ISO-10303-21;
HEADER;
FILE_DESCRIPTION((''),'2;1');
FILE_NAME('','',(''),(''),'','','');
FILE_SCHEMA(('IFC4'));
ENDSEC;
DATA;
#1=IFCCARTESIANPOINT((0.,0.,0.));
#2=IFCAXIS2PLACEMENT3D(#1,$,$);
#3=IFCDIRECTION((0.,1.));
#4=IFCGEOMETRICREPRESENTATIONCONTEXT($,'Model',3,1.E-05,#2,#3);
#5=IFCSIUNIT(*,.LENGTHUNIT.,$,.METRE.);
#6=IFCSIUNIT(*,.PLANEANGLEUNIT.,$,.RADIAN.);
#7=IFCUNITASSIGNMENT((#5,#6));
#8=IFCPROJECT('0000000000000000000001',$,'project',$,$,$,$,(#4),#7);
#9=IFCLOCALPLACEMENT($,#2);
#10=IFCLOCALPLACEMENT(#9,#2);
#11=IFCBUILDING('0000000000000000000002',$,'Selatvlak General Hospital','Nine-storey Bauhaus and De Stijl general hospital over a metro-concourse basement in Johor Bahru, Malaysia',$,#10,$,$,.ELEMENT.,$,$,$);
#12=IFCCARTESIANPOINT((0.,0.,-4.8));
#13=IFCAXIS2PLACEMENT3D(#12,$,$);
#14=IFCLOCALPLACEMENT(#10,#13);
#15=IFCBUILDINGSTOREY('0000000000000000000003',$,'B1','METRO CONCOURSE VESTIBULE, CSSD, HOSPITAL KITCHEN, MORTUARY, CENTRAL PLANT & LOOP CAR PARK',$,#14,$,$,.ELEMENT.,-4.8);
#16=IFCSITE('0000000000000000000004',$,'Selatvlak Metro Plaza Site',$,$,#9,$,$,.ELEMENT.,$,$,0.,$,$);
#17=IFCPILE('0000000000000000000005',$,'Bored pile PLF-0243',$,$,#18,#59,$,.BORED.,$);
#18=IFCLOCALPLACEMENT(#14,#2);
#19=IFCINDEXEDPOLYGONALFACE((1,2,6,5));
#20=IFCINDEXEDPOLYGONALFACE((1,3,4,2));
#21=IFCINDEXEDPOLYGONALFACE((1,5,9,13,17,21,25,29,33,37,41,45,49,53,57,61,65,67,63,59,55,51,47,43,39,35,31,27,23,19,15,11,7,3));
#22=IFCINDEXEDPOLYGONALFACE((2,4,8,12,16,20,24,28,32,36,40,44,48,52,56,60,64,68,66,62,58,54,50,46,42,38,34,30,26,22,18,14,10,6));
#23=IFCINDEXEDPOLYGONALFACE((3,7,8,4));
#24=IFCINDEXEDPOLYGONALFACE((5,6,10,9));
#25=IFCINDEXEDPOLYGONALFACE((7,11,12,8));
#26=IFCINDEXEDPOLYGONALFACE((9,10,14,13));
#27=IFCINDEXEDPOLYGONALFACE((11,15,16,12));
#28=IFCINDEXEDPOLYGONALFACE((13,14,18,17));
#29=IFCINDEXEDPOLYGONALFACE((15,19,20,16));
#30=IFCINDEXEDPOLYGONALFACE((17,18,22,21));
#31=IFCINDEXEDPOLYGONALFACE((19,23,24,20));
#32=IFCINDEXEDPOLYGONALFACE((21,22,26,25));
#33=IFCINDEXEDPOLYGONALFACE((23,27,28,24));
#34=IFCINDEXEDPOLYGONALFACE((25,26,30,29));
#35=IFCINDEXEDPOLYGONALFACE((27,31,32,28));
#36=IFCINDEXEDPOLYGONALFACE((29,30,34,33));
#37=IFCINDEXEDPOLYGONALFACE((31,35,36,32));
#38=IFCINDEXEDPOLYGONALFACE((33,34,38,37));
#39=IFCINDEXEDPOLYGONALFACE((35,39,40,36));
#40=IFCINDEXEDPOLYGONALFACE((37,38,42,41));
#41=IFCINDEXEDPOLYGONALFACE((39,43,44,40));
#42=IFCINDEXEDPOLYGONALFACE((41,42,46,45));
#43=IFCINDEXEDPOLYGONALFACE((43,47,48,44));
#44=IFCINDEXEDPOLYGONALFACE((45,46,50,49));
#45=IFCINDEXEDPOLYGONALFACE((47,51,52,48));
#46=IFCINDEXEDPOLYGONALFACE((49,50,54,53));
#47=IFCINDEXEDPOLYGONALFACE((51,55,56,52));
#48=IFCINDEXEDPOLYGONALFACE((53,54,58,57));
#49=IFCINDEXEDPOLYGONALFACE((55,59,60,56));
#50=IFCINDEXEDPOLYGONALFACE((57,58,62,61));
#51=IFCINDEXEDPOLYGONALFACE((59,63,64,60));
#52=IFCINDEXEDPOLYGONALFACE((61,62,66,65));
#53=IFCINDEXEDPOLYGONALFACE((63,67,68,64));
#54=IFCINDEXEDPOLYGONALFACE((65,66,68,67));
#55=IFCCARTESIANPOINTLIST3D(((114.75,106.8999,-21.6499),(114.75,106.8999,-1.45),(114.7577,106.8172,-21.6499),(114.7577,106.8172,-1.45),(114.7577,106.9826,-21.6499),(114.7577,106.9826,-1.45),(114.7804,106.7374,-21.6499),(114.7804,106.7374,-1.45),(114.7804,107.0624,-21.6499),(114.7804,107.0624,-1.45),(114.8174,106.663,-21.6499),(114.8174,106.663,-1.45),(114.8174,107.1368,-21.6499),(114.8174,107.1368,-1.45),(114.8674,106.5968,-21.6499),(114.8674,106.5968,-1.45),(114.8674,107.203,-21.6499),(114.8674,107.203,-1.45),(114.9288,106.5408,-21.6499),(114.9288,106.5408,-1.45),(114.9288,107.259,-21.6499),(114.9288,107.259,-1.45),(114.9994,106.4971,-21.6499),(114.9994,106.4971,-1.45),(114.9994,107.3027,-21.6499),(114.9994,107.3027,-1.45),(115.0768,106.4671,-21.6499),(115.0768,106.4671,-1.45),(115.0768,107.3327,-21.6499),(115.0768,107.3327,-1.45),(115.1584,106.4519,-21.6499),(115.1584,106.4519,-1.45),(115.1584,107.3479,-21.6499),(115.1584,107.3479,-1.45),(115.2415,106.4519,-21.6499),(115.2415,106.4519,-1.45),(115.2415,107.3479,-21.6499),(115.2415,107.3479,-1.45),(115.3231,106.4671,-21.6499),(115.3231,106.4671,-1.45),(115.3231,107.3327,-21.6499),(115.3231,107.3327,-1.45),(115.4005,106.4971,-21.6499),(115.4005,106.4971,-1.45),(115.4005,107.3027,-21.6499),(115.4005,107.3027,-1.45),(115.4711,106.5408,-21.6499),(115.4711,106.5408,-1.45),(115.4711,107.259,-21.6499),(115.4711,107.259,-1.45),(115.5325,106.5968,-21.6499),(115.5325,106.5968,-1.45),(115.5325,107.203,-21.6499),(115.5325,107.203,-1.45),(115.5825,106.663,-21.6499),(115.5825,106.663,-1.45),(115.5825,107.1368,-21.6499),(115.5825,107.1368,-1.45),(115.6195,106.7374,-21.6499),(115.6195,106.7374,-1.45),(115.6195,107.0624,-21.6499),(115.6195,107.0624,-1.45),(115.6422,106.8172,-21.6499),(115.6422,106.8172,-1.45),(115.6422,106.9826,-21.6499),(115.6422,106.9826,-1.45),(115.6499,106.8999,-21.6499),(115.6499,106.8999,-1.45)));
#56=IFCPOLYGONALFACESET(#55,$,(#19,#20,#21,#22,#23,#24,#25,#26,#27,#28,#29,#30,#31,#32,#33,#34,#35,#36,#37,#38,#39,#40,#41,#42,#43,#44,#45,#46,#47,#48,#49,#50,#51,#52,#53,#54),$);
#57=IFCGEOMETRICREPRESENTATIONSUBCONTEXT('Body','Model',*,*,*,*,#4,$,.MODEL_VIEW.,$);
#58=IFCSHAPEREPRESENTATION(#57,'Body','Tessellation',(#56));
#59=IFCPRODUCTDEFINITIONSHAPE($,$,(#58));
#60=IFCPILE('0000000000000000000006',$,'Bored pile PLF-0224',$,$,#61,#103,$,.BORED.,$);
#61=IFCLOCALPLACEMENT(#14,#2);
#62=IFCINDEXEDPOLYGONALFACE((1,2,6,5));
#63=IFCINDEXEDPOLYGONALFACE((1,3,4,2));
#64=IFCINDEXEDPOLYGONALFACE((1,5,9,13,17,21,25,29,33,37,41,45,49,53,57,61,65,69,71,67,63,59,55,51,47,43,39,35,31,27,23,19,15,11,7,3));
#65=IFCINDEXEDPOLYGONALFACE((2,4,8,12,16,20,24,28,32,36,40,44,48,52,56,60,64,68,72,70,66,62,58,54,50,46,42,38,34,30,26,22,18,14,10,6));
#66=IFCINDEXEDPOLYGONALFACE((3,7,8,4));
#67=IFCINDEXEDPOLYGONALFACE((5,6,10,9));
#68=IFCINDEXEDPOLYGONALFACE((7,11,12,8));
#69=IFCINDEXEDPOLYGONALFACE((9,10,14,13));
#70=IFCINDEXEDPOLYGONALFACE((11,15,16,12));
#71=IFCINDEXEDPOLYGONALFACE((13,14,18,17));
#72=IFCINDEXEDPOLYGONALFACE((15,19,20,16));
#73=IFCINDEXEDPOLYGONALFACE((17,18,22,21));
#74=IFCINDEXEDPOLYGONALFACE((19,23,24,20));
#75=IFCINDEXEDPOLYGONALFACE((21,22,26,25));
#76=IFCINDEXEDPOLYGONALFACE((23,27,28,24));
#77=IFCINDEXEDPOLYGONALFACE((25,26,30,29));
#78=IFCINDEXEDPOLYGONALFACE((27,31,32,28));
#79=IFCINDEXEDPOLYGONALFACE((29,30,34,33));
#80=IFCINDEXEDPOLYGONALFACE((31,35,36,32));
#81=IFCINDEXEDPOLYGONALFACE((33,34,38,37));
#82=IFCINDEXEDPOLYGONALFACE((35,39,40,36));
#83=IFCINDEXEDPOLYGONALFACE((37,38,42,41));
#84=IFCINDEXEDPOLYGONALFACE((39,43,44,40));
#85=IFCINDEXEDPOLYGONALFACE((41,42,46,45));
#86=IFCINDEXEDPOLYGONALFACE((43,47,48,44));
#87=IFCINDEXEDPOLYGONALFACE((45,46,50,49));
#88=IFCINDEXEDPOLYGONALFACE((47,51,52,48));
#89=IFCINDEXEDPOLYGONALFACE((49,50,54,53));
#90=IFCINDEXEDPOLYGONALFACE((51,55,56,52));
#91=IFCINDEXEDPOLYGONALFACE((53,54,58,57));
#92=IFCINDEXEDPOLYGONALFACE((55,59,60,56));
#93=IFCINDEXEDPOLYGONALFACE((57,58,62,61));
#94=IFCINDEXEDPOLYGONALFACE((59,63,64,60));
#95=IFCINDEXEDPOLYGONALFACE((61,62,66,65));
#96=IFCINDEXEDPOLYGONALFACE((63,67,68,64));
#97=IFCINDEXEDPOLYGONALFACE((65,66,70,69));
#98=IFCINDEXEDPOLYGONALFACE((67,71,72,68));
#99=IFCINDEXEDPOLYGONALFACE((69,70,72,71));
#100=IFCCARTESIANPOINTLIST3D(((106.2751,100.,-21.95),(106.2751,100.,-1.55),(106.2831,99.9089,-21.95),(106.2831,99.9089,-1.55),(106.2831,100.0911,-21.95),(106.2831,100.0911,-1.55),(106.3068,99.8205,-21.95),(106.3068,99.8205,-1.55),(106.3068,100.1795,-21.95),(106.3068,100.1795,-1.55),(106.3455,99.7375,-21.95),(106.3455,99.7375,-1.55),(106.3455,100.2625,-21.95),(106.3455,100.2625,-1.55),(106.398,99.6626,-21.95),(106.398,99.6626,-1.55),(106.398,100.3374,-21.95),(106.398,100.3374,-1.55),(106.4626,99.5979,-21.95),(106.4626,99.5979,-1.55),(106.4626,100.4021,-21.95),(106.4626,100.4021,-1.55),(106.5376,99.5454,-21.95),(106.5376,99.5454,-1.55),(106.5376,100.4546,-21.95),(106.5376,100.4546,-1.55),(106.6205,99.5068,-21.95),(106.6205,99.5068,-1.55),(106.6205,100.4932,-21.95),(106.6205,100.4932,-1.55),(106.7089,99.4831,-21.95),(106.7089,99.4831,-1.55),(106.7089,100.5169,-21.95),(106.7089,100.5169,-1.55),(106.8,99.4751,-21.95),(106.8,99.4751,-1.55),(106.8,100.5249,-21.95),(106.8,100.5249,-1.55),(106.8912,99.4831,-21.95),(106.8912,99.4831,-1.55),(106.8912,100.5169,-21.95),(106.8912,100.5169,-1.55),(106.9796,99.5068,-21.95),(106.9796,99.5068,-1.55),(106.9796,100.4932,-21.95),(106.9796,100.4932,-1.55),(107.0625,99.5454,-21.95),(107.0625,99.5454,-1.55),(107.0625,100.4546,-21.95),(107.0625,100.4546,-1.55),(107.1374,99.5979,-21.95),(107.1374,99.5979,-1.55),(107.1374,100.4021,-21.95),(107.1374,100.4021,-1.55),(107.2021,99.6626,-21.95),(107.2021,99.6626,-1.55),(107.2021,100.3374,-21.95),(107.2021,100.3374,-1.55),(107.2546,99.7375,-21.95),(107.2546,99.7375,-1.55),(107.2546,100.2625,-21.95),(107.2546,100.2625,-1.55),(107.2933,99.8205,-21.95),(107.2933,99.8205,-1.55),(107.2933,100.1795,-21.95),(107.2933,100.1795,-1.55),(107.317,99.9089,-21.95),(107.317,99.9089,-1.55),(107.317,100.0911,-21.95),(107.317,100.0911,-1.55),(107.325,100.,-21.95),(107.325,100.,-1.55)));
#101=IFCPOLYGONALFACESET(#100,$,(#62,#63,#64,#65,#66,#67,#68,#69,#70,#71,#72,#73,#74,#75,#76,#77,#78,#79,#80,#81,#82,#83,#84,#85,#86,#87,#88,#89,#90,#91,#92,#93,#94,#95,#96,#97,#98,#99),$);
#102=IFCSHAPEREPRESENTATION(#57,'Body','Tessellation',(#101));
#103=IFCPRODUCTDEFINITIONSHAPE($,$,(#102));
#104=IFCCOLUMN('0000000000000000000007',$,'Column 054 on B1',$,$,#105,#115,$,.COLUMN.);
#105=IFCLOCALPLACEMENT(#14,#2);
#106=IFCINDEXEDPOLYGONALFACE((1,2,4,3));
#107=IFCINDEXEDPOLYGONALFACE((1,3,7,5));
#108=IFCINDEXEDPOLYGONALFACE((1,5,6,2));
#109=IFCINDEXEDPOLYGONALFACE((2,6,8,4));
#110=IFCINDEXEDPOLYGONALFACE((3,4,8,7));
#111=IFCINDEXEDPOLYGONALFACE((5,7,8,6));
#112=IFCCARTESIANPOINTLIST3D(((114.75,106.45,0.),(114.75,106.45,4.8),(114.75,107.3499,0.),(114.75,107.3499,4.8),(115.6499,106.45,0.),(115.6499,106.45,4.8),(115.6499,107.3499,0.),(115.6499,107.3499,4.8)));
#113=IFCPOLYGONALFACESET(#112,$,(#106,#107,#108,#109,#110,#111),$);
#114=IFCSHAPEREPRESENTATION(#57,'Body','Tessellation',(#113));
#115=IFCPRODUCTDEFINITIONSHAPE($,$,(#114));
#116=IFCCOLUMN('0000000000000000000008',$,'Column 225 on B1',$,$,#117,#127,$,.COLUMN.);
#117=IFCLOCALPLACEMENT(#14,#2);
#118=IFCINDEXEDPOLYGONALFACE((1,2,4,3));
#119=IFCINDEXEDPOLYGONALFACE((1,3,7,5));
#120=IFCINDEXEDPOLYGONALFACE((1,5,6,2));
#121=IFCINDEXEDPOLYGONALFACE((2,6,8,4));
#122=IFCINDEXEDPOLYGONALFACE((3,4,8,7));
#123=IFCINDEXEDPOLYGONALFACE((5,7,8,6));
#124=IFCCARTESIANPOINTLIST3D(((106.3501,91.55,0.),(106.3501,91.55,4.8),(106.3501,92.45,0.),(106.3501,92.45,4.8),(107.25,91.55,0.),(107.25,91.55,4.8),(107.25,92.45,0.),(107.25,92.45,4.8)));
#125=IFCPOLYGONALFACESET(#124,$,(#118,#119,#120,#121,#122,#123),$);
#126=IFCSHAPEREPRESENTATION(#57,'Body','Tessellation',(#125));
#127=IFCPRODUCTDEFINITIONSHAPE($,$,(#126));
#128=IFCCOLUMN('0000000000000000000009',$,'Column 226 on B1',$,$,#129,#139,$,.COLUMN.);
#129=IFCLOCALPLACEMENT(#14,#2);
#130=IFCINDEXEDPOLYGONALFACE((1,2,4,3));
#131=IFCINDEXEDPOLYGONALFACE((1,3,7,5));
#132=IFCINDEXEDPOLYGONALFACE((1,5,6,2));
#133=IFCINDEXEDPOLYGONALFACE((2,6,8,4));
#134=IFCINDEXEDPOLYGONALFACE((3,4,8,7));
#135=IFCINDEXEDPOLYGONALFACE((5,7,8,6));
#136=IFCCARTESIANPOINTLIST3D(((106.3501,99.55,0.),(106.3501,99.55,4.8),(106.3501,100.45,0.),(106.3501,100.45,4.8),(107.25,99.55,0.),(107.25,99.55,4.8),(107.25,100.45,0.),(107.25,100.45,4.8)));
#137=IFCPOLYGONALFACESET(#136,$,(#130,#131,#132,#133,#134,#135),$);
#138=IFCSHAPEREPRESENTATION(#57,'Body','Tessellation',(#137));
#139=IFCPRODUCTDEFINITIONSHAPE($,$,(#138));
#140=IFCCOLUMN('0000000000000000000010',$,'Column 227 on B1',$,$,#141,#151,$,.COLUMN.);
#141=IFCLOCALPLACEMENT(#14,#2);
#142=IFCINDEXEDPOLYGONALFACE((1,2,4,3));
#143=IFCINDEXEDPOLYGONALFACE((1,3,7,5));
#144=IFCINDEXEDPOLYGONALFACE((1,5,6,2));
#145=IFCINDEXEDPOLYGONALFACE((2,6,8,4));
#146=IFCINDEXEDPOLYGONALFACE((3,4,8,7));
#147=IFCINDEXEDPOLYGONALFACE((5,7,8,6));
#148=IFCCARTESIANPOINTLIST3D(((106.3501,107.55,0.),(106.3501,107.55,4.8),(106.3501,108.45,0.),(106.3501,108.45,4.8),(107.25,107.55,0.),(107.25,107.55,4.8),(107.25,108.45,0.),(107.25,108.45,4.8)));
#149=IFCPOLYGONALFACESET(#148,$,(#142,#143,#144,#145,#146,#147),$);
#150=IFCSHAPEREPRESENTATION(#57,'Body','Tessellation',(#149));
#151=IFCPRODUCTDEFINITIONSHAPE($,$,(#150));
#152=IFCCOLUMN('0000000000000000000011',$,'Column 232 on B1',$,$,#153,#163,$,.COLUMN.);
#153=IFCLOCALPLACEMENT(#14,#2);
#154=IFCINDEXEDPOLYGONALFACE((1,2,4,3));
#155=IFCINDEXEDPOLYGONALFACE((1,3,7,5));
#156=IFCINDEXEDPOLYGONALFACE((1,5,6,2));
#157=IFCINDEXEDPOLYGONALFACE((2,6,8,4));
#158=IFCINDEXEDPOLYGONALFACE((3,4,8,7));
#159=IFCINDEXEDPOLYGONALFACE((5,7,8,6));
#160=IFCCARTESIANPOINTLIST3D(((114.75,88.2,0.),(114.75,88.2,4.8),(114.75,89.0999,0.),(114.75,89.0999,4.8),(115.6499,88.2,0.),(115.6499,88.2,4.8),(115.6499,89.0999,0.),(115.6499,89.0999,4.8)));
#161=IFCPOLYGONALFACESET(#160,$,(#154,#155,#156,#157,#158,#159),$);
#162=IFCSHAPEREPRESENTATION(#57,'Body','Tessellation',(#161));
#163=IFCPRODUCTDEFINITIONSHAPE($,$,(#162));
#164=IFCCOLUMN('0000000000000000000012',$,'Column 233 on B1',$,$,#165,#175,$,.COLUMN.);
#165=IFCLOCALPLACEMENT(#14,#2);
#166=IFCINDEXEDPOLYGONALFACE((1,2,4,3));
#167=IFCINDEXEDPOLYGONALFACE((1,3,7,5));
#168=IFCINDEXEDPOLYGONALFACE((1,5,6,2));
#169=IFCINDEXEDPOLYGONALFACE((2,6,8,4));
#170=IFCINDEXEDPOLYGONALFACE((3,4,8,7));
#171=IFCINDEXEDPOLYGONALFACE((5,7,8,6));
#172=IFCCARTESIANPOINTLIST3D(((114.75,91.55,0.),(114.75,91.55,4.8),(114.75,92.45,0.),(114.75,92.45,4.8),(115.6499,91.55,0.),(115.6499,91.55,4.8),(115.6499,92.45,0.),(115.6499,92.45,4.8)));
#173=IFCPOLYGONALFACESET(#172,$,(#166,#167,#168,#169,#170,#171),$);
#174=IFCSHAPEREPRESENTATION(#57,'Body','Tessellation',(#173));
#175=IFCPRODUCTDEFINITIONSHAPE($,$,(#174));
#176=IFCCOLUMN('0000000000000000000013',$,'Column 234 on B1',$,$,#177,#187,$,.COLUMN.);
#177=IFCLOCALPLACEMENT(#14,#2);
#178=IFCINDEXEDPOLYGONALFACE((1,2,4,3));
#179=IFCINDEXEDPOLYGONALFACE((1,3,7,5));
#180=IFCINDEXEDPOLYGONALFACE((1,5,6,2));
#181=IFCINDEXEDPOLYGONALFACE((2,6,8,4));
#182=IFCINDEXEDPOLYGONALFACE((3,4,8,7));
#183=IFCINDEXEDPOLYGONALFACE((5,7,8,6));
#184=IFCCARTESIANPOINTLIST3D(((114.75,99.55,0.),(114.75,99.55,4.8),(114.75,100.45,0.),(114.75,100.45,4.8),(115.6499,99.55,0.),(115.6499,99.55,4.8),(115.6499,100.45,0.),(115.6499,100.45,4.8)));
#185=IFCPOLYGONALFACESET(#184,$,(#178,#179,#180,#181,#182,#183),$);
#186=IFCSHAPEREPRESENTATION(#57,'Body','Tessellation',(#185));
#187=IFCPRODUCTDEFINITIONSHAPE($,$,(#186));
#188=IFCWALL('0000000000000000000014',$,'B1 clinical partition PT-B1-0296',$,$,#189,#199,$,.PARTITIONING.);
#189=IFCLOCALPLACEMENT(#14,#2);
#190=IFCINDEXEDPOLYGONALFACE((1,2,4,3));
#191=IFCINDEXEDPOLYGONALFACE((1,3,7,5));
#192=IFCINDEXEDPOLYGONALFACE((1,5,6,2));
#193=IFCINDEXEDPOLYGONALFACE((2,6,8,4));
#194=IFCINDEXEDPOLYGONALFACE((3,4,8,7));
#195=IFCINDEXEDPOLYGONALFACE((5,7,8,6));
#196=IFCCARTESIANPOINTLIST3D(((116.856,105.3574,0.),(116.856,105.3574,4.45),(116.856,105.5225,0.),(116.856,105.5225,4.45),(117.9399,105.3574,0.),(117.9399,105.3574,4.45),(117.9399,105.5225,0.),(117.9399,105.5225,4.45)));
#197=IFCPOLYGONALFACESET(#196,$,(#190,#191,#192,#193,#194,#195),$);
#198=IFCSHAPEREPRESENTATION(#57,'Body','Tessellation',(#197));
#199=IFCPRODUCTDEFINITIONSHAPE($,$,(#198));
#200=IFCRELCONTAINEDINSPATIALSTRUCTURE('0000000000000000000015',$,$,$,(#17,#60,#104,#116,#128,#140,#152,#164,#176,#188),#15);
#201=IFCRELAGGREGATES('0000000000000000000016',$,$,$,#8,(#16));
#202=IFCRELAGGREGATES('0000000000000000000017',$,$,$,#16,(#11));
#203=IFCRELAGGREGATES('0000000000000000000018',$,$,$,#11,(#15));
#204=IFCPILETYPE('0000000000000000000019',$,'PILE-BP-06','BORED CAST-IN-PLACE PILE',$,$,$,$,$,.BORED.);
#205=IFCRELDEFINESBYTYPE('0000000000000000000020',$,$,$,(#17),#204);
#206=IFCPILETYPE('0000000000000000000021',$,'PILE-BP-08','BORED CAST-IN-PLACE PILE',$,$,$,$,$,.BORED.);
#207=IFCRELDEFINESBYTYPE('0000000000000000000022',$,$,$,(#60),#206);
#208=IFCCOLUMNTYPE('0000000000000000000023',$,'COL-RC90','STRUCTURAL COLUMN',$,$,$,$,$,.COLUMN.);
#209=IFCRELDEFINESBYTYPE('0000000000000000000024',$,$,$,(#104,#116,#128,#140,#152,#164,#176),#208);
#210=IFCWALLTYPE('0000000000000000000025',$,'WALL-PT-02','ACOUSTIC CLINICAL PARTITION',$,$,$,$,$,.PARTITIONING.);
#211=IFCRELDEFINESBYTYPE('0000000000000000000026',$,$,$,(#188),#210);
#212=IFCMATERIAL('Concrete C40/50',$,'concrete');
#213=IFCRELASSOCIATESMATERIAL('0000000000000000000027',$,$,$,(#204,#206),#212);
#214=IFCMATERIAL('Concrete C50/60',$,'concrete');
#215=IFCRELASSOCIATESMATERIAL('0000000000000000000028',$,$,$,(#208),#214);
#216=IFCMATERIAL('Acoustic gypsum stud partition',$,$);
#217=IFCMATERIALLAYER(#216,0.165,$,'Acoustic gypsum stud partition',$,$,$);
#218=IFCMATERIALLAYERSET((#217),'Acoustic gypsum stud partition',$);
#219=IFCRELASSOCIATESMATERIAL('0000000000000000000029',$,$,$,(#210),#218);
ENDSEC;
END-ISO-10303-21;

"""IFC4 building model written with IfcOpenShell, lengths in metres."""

from ifc_helpers import new_model, si_unit, direction, frame, frame_2d, origin, origin_2d, place, context, subcontext, project, spatial, rectangle, circle, extrude, material, layer, layer_set, material_profile, profile_set, type_object, element, save


model = new_model("IFC4")

# Units and contexts
model_context = context("Model", 3, precision=1e-05, world=origin(), true_north=direction((0.0, 1.0)))
body_context = subcontext(model_context, "Body", "Model", "MODEL_VIEW")
ifc_project = project(units=[si_unit("LENGTHUNIT", "METRE"), si_unit("PLANEANGLEUNIT", "RADIAN")], contexts=[model_context])

# Site, building, storey
site_placement = place(None, origin())
site = spatial("IfcSite", under=ifc_project, at=site_placement, Name="Selatvlak Metro Plaza Site", CompositionType="ELEMENT", RefElevation=0.0)
building_placement = place(site_placement, origin())
building = spatial("IfcBuilding", under=site, at=building_placement, Name="Selatvlak General Hospital", Description="Nine-storey Bauhaus and De Stijl general hospital over a metro-concourse basement in Johor Bahru, Malaysia", CompositionType="ELEMENT")
storey_placement = place(building_placement, frame((0.0, 0.0, -4.8)))
storey = spatial("IfcBuildingStorey", under=building, at=storey_placement, Name="B1", Description="METRO CONCOURSE VESTIBULE, CSSD, HOSPITAL KITCHEN, MORTUARY, CENTRAL PLANT & LOOP CAR PARK", CompositionType="ELEMENT", Elevation=-4.8)

# Shared definitions
ifc_material_1 = material(Name="Concrete C40/50", Category="concrete")

# Piles
ifc_material_profile_1 = material_profile(ifc_material_1, circle(Radius=0.45, at=origin_2d()), Name="BORED PILE 900")
ifc_profile_set_1 = profile_set([ifc_material_profile_1], Name="Concrete C40/50")
pile_type_1 = type_object("IfcPileType", Name="PILE-BP-06", Description="BORED CAST-IN-PLACE PILE", PredefinedType="BORED", material=ifc_profile_set_1)
pile_1_placement = place(storey_placement, frame((115.2, 106.8999, -1.45), z_axis=(0.0, 0.0, -1.0), x_axis=(1.0, 0.0, 0.0)))
element("IfcPile", 1, at=pile_1_placement, inside=storey, type_object=pile_type_1, Name="Bored pile PLF-0243", PredefinedType="BORED", context=body_context, shape_type="SweptSolid", body=[
    extrude(circle(Radius=0.45, at=origin_2d()), origin(), (0.0, 0.0, 1.0), 20.2),
])
ifc_material_profile_2 = material_profile(ifc_material_1, circle(Radius=0.5249, at=origin_2d()), Name="BORED PILE 1050")
ifc_profile_set_2 = profile_set([ifc_material_profile_2], Name="Concrete C40/50")
pile_type_2 = type_object("IfcPileType", Name="PILE-BP-08", Description="BORED CAST-IN-PLACE PILE", PredefinedType="BORED", material=ifc_profile_set_2)
pile_2_placement = place(storey_placement, frame((106.8, 100.0, -1.55), z_axis=(0.0, 0.0, -1.0), x_axis=(1.0, 0.0, 0.0)))
element("IfcPile", 2, at=pile_2_placement, inside=storey, type_object=pile_type_2, Name="Bored pile PLF-0224", PredefinedType="BORED", context=body_context, shape_type="SweptSolid", body=[
    extrude(circle(Radius=0.5249, at=origin_2d()), origin(), (0.0, 0.0, 1.0), 20.3999),
])

# Columns
ifc_material_2 = material(Name="Concrete C50/60", Category="concrete")
ifc_material_profile_3 = material_profile(ifc_material_2, rectangle(XDim=0.8999, YDim=0.8999, at=origin_2d()), Name="RC-COL 900x900")
ifc_profile_set_3 = profile_set([ifc_material_profile_3], Name="Concrete C50/60")
column_type = type_object("IfcColumnType", Name="COL-RC90", Description="STRUCTURAL COLUMN", PredefinedType="COLUMN", material=ifc_profile_set_3)
for number, where, z_axis, x_axis, name in (
    (3, (115.2, 106.8999, 0.0), (0.0, 0.0, 1.0), (1.0, 0.0, 0.0), "Column 054 on B1"),
    (4, (106.8, 92.0, 0.0), (0.0, 0.0, 1.0), (1.0, 0.0, 0.0), "Column 225 on B1"),
    (5, (106.8, 100.0, 0.0), (0.0, 0.0, 1.0), (1.0, 0.0, 0.0), "Column 226 on B1"),
    (6, (106.8, 108.0, 0.0), (0.0, 0.0, 1.0), (1.0, 0.0, 0.0), "Column 227 on B1"),
    (7, (115.2, 88.6499, 0.0), (0.0, 0.0, 1.0), (1.0, 0.0, 0.0), "Column 232 on B1"),
    (8, (115.2, 92.0, 0.0), (0.0, 0.0, 1.0), (1.0, 0.0, 0.0), "Column 233 on B1"),
    (9, (115.2, 100.0, 0.0), (0.0, 0.0, 1.0), (1.0, 0.0, 0.0), "Column 234 on B1"),
):
    element("IfcColumn", number, at=place(storey_placement, frame(where, z_axis=z_axis, x_axis=x_axis)), inside=storey, type_object=column_type, Name=name, PredefinedType="COLUMN", context=body_context, shape_type="SweptSolid", body=[
        extrude(rectangle(XDim=0.8999, YDim=0.8999, at=origin_2d()), origin(), (0.0, 0.0, 1.0), 4.8),
    ])

# Wall
ifc_material_3 = material(Name="Acoustic gypsum stud partition")
ifc_layer_1 = layer(ifc_material_3, 0.165, Name="Acoustic gypsum stud partition")
ifc_layer_set_1 = layer_set([ifc_layer_1], Name="Acoustic gypsum stud partition")
wall_type_1 = type_object("IfcWallType", Name="WALL-PT-02", Description="ACOUSTIC CLINICAL PARTITION", PredefinedType="PARTITIONING", material=ifc_layer_set_1)
wall_1_placement = place(storey_placement, frame((116.856, 105.4399, 0.0), z_axis=(0.0, 0.0, 1.0), x_axis=(1.0, 0.0, 0.0)))
element("IfcWall", 10, at=wall_1_placement, inside=storey, type_object=wall_type_1, Name="B1 clinical partition PT-B1-0296", PredefinedType="PARTITIONING", context=body_context, shape_type="SweptSolid", body=[
    extrude(rectangle(XDim=1.084, YDim=0.165, at=frame_2d((0.542, 0.0))), origin(), (0.0, 0.0, 1.0), 4.45),
])

save(model, "model.ifc")
